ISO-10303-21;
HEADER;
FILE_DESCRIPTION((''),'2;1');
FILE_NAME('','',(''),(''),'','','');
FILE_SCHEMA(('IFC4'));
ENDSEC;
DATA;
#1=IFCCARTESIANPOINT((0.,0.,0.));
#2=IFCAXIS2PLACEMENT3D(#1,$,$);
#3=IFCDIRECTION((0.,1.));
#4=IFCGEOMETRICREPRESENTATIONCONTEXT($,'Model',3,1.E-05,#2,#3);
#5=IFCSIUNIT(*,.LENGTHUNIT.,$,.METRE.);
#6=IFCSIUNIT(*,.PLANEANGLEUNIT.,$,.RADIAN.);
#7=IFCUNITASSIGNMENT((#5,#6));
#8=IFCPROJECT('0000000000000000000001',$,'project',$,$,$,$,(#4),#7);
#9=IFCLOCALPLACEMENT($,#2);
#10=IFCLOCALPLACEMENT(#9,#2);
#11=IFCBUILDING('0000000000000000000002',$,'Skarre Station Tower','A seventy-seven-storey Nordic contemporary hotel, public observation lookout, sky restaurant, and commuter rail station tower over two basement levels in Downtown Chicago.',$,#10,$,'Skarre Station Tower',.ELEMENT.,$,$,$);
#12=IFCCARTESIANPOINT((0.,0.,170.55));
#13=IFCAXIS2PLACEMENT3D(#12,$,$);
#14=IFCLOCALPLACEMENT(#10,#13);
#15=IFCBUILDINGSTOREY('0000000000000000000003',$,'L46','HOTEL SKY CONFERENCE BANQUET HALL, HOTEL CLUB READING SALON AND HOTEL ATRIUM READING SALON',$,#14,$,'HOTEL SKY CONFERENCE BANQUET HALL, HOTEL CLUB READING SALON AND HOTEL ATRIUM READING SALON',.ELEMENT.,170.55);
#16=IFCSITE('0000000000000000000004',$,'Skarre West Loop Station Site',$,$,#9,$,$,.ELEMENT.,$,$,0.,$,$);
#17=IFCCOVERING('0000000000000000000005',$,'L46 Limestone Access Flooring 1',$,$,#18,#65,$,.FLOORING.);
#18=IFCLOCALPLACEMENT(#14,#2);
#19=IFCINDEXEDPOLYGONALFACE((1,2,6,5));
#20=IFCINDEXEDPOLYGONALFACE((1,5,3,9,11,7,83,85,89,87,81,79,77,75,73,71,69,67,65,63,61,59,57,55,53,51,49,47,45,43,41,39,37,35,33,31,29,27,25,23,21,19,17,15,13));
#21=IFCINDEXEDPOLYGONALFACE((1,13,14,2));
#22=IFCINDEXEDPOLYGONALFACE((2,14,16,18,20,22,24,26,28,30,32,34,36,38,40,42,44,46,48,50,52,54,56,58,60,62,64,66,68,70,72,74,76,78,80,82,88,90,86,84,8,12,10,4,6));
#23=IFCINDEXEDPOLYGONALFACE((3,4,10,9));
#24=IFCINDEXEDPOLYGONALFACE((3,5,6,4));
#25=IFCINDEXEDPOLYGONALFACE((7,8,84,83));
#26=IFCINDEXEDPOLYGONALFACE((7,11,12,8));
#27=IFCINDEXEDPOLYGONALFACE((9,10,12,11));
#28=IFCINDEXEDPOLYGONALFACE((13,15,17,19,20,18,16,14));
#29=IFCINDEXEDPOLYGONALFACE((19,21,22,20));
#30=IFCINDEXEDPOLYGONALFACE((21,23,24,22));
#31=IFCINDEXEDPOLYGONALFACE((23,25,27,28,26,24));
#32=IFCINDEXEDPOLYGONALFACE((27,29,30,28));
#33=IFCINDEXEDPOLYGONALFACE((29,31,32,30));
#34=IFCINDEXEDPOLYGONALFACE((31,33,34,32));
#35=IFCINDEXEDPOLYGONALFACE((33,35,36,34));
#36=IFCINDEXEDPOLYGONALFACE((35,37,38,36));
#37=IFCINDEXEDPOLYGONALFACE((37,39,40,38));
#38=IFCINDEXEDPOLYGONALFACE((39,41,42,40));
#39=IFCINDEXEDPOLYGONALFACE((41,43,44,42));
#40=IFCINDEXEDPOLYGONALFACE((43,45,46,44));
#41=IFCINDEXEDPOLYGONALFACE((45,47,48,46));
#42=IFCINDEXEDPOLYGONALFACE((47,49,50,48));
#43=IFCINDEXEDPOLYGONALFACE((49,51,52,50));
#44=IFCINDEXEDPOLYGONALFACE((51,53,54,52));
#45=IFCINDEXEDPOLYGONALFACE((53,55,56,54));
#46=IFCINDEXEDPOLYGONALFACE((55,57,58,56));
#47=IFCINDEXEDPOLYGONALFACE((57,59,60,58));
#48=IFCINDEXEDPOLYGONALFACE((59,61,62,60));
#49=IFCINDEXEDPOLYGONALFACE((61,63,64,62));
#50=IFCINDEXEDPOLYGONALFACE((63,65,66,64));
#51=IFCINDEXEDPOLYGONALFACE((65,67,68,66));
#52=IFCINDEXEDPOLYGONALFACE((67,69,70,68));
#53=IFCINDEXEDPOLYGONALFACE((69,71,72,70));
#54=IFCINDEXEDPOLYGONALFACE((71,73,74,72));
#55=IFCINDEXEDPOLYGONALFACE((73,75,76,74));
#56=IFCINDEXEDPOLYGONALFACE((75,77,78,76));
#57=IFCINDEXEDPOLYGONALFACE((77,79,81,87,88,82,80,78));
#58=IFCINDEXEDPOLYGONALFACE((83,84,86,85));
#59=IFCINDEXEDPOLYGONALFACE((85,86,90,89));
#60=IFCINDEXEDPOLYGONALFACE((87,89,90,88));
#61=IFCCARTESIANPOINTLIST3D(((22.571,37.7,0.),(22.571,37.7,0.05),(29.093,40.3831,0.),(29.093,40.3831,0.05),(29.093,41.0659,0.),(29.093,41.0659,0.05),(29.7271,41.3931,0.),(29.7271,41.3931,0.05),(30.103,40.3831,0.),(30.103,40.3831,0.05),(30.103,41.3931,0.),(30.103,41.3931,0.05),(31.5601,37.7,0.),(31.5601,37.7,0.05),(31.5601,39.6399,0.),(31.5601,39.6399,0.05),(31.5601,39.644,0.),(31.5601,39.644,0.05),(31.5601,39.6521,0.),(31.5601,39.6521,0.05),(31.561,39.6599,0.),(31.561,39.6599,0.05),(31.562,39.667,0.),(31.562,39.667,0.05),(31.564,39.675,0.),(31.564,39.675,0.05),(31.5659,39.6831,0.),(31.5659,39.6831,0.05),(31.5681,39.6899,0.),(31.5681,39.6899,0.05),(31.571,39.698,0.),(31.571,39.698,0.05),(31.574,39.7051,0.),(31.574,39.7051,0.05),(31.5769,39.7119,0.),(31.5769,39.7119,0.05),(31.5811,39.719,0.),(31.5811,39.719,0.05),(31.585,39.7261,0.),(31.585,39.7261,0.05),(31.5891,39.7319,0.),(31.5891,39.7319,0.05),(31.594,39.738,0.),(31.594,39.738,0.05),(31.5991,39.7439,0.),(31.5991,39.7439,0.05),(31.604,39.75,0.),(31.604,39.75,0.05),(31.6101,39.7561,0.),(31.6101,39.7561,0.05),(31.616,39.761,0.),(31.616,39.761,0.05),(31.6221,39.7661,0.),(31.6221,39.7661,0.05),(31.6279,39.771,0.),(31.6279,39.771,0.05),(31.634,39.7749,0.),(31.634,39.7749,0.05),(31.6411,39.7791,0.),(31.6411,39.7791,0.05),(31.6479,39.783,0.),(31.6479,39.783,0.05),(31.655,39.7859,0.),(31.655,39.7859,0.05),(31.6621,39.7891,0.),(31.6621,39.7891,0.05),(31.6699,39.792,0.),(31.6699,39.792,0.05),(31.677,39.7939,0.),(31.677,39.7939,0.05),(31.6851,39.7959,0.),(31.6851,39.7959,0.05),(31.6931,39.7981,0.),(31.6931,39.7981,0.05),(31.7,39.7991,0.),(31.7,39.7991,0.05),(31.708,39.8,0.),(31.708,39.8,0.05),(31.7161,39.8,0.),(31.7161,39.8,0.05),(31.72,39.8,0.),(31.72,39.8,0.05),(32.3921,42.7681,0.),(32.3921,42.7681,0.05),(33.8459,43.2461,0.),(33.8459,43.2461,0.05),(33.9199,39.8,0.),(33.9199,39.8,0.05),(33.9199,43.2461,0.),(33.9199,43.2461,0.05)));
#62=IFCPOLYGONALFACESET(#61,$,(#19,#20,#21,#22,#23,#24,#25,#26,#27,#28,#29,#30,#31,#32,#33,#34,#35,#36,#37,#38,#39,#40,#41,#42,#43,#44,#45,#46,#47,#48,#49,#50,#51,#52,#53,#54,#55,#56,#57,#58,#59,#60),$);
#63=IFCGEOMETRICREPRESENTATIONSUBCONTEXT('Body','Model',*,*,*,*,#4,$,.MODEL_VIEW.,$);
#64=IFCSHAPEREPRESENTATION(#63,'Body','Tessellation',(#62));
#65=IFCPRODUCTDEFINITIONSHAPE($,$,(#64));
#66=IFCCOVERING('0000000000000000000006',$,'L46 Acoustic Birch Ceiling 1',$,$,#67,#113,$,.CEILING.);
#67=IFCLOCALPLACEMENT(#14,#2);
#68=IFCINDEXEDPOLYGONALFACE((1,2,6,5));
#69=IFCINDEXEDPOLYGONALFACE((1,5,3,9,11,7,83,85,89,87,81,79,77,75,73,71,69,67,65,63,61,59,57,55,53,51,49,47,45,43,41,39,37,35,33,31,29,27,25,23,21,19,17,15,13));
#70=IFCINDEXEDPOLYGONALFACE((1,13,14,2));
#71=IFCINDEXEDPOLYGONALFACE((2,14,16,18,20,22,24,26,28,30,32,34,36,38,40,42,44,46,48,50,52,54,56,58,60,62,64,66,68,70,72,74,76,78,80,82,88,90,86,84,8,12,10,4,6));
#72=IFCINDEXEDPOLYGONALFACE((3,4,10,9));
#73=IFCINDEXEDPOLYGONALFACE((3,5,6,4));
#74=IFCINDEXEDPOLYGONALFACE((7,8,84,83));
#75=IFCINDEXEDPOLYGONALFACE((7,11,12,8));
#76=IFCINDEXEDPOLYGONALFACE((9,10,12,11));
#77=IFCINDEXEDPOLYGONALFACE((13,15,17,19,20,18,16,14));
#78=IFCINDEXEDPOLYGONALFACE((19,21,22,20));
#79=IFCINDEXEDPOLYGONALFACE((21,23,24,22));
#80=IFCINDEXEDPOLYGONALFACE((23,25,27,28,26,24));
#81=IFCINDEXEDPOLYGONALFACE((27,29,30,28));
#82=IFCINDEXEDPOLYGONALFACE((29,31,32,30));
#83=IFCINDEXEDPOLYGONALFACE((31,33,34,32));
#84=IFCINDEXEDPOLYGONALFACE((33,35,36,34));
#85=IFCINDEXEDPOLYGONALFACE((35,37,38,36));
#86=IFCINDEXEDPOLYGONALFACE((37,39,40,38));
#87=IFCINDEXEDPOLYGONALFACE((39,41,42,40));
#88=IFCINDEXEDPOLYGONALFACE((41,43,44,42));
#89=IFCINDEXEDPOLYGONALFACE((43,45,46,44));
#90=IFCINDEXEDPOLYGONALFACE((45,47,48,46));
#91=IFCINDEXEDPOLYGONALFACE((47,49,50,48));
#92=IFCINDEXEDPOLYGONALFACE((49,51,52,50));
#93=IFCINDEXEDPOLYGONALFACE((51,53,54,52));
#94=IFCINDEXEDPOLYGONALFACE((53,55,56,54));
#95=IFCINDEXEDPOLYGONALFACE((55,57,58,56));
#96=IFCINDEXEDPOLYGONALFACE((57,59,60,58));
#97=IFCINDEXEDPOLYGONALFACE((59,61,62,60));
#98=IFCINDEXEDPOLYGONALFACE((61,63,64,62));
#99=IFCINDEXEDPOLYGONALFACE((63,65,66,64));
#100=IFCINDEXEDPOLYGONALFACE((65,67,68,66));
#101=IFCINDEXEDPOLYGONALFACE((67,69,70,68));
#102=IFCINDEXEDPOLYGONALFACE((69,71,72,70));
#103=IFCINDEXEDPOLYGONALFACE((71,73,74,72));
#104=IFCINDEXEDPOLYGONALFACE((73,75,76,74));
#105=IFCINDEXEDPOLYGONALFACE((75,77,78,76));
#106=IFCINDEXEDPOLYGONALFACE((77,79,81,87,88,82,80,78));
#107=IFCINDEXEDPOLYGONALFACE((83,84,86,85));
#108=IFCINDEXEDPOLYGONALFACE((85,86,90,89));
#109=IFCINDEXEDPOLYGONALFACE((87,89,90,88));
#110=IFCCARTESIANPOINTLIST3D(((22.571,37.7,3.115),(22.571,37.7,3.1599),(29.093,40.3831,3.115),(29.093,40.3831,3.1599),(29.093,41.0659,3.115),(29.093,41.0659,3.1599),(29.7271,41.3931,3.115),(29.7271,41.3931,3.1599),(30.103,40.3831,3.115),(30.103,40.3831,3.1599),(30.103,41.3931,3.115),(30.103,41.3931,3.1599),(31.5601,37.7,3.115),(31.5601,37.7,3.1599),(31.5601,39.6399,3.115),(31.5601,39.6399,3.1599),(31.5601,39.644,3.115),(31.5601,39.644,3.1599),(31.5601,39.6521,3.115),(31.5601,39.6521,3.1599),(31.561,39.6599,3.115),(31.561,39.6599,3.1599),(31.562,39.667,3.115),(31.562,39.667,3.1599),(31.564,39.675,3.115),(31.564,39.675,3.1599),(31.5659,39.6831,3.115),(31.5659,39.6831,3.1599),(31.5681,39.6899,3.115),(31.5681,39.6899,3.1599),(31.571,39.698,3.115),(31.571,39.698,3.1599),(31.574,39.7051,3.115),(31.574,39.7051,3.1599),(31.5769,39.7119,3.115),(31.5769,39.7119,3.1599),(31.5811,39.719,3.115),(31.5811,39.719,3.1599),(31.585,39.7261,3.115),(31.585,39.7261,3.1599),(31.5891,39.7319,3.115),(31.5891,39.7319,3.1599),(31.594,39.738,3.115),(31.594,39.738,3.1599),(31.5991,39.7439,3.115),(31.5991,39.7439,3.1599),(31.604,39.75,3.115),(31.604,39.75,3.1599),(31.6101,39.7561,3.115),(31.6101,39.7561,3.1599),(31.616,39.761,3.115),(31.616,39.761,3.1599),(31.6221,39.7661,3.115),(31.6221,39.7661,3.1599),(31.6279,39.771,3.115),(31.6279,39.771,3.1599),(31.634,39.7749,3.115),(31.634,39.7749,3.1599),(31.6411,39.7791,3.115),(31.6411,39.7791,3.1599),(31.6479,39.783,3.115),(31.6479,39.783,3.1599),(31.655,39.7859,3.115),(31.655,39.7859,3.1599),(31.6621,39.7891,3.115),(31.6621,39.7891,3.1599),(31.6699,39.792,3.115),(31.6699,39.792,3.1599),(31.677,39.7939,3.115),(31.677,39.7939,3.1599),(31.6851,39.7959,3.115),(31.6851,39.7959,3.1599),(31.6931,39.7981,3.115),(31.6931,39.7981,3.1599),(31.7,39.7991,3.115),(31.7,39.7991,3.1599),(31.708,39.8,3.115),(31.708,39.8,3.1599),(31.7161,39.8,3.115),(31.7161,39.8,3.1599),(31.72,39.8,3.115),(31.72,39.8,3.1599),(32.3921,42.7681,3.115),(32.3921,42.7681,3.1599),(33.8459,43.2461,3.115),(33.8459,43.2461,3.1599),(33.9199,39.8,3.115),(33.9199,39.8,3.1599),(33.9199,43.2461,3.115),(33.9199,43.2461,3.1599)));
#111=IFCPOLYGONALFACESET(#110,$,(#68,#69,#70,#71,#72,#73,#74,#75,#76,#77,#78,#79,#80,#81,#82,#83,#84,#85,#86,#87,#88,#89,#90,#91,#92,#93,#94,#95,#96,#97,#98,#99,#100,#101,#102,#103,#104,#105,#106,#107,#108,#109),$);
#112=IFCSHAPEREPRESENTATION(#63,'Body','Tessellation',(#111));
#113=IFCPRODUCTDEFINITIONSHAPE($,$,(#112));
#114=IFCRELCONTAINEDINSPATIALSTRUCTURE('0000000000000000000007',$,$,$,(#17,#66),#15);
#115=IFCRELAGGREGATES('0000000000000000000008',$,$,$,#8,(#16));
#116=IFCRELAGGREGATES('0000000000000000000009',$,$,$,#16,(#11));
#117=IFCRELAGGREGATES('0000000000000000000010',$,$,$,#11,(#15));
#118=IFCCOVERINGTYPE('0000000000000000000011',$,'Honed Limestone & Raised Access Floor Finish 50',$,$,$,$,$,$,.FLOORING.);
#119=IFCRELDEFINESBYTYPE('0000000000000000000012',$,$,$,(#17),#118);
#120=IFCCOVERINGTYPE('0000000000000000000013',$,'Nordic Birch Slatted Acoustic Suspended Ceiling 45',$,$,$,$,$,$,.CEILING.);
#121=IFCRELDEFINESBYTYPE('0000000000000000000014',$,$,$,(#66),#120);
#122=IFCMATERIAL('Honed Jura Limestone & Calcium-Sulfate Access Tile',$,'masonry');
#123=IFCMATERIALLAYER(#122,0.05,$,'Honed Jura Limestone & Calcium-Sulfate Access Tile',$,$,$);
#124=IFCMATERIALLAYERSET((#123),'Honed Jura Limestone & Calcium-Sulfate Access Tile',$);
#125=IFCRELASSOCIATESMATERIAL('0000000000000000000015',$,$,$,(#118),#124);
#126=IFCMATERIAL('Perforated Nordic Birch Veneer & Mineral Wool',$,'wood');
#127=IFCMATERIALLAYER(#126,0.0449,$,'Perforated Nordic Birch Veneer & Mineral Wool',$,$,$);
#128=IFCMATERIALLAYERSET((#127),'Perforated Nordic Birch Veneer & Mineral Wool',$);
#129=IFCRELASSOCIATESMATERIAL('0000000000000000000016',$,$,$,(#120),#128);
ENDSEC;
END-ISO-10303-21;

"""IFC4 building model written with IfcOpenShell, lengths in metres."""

from ifc_helpers import new_model, si_unit, direction, frame, origin, place, context, subcontext, project, spatial, polyline, outline, extrude, material, layer, layer_set, type_object, element, save


model = new_model("IFC4")

# Units and contexts
model_context = context("Model", 3, precision=1e-05, world=origin(), true_north=direction((0.0, 1.0)))
body_context = subcontext(model_context, "Body", "Model", "MODEL_VIEW")
ifc_project = project(units=[si_unit("LENGTHUNIT", "METRE"), si_unit("PLANEANGLEUNIT", "RADIAN")], contexts=[model_context])

# Site, building, storey
site_placement = place(None, origin())
site = spatial("IfcSite", under=ifc_project, at=site_placement, Name="Skarre West Loop Station Site", CompositionType="ELEMENT", RefElevation=0.0)
building_placement = place(site_placement, origin())
building = spatial("IfcBuilding", under=site, at=building_placement, Name="Skarre Station Tower", Description="A seventy-seven-storey Nordic contemporary hotel, public observation lookout, sky restaurant, and commuter rail station tower over two basement levels in Downtown Chicago.", LongName="Skarre Station Tower", CompositionType="ELEMENT")
storey_placement = place(building_placement, frame((0.0, 0.0, 170.55)))
storey = spatial("IfcBuildingStorey", under=building, at=storey_placement, Name="L46", Description="HOTEL SKY CONFERENCE BANQUET HALL, HOTEL CLUB READING SALON AND HOTEL ATRIUM READING SALON", LongName="HOTEL SKY CONFERENCE BANQUET HALL, HOTEL CLUB READING SALON AND HOTEL ATRIUM READING SALON", CompositionType="ELEMENT", Elevation=170.55)

# Coverings
ifc_material_1 = material(Name="Honed Jura Limestone & Calcium-Sulfate Access Tile", Category="masonry")
ifc_layer_1 = layer(ifc_material_1, 0.05, Name="Honed Jura Limestone & Calcium-Sulfate Access Tile")
ifc_layer_set_1 = layer_set([ifc_layer_1], Name="Honed Jura Limestone & Calcium-Sulfate Access Tile")
covering_type_1 = type_object("IfcCoveringType", Name="Honed Limestone & Raised Access Floor Finish 50", PredefinedType="FLOORING", material=ifc_layer_set_1)
covering_1_placement = place(storey_placement, origin())
element("IfcCovering", 1, at=covering_1_placement, inside=storey, type_object=covering_type_1, Name="L46 Limestone Access Flooring 1", PredefinedType="FLOORING", context=body_context, shape_type="SweptSolid", body=[
    extrude(outline(polyline([(33.9199, 39.8), (33.9199, 43.2461), (33.8459, 43.2461), (32.3921, 42.7681), (29.7271, 41.3931), (30.103, 41.3931), (30.103, 40.3831), (29.093, 40.3831), (29.093, 41.0659), (22.571, 37.7), (31.5601, 37.7), (31.5601, 39.6399), (31.5601, 39.644), (31.5601, 39.6521), (31.561, 39.6599), (31.562, 39.667), (31.564, 39.675), (31.5659, 39.6831), (31.5681, 39.6899), (31.571, 39.698), (31.574, 39.7051), (31.5769, 39.7119), (31.5811, 39.719), (31.585, 39.7261), (31.5891, 39.7319), (31.594, 39.738), (31.5991, 39.7439), (31.604, 39.75), (31.6101, 39.7561), (31.616, 39.761), (31.6221, 39.7661), (31.6279, 39.771), (31.634, 39.7749), (31.6411, 39.7791), (31.6479, 39.783), (31.655, 39.7859), (31.6621, 39.7891), (31.6699, 39.792), (31.677, 39.7939), (31.6851, 39.7959), (31.6931, 39.7981), (31.7, 39.7991), (31.708, 39.8), (31.7161, 39.8), (31.72, 39.8), (33.9199, 39.8)])), origin(), (0.0, 0.0, 1.0), 0.05),
])
ifc_material_2 = material(Name="Perforated Nordic Birch Veneer & Mineral Wool", Category="wood")
ifc_layer_2 = layer(ifc_material_2, 0.0449, Name="Perforated Nordic Birch Veneer & Mineral Wool")
ifc_layer_set_2 = layer_set([ifc_layer_2], Name="Perforated Nordic Birch Veneer & Mineral Wool")
covering_type_2 = type_object("IfcCoveringType", Name="Nordic Birch Slatted Acoustic Suspended Ceiling 45", PredefinedType="CEILING", material=ifc_layer_set_2)
covering_2_placement = place(storey_placement, frame((0.0, 0.0, 3.115)))
element("IfcCovering", 2, at=covering_2_placement, inside=storey, type_object=covering_type_2, Name="L46 Acoustic Birch Ceiling 1", PredefinedType="CEILING", context=body_context, shape_type="SweptSolid", body=[
    extrude(outline(polyline([(33.9199, 39.8), (33.9199, 43.2461), (33.8459, 43.2461), (32.3921, 42.7681), (29.7271, 41.3931), (30.103, 41.3931), (30.103, 40.3831), (29.093, 40.3831), (29.093, 41.0659), (22.571, 37.7), (31.5601, 37.7), (31.5601, 39.6399), (31.5601, 39.644), (31.5601, 39.6521), (31.561, 39.6599), (31.562, 39.667), (31.564, 39.675), (31.5659, 39.6831), (31.5681, 39.6899), (31.571, 39.698), (31.574, 39.7051), (31.5769, 39.7119), (31.5811, 39.719), (31.585, 39.7261), (31.5891, 39.7319), (31.594, 39.738), (31.5991, 39.7439), (31.604, 39.75), (31.6101, 39.7561), (31.616, 39.761), (31.6221, 39.7661), (31.6279, 39.771), (31.634, 39.7749), (31.6411, 39.7791), (31.6479, 39.783), (31.655, 39.7859), (31.6621, 39.7891), (31.6699, 39.792), (31.677, 39.7939), (31.6851, 39.7959), (31.6931, 39.7981), (31.7, 39.7991), (31.708, 39.8), (31.7161, 39.8), (31.72, 39.8), (33.9199, 39.8)])), origin(), (0.0, 0.0, 1.0), 0.0449),
])

save(model, "model.ifc")
